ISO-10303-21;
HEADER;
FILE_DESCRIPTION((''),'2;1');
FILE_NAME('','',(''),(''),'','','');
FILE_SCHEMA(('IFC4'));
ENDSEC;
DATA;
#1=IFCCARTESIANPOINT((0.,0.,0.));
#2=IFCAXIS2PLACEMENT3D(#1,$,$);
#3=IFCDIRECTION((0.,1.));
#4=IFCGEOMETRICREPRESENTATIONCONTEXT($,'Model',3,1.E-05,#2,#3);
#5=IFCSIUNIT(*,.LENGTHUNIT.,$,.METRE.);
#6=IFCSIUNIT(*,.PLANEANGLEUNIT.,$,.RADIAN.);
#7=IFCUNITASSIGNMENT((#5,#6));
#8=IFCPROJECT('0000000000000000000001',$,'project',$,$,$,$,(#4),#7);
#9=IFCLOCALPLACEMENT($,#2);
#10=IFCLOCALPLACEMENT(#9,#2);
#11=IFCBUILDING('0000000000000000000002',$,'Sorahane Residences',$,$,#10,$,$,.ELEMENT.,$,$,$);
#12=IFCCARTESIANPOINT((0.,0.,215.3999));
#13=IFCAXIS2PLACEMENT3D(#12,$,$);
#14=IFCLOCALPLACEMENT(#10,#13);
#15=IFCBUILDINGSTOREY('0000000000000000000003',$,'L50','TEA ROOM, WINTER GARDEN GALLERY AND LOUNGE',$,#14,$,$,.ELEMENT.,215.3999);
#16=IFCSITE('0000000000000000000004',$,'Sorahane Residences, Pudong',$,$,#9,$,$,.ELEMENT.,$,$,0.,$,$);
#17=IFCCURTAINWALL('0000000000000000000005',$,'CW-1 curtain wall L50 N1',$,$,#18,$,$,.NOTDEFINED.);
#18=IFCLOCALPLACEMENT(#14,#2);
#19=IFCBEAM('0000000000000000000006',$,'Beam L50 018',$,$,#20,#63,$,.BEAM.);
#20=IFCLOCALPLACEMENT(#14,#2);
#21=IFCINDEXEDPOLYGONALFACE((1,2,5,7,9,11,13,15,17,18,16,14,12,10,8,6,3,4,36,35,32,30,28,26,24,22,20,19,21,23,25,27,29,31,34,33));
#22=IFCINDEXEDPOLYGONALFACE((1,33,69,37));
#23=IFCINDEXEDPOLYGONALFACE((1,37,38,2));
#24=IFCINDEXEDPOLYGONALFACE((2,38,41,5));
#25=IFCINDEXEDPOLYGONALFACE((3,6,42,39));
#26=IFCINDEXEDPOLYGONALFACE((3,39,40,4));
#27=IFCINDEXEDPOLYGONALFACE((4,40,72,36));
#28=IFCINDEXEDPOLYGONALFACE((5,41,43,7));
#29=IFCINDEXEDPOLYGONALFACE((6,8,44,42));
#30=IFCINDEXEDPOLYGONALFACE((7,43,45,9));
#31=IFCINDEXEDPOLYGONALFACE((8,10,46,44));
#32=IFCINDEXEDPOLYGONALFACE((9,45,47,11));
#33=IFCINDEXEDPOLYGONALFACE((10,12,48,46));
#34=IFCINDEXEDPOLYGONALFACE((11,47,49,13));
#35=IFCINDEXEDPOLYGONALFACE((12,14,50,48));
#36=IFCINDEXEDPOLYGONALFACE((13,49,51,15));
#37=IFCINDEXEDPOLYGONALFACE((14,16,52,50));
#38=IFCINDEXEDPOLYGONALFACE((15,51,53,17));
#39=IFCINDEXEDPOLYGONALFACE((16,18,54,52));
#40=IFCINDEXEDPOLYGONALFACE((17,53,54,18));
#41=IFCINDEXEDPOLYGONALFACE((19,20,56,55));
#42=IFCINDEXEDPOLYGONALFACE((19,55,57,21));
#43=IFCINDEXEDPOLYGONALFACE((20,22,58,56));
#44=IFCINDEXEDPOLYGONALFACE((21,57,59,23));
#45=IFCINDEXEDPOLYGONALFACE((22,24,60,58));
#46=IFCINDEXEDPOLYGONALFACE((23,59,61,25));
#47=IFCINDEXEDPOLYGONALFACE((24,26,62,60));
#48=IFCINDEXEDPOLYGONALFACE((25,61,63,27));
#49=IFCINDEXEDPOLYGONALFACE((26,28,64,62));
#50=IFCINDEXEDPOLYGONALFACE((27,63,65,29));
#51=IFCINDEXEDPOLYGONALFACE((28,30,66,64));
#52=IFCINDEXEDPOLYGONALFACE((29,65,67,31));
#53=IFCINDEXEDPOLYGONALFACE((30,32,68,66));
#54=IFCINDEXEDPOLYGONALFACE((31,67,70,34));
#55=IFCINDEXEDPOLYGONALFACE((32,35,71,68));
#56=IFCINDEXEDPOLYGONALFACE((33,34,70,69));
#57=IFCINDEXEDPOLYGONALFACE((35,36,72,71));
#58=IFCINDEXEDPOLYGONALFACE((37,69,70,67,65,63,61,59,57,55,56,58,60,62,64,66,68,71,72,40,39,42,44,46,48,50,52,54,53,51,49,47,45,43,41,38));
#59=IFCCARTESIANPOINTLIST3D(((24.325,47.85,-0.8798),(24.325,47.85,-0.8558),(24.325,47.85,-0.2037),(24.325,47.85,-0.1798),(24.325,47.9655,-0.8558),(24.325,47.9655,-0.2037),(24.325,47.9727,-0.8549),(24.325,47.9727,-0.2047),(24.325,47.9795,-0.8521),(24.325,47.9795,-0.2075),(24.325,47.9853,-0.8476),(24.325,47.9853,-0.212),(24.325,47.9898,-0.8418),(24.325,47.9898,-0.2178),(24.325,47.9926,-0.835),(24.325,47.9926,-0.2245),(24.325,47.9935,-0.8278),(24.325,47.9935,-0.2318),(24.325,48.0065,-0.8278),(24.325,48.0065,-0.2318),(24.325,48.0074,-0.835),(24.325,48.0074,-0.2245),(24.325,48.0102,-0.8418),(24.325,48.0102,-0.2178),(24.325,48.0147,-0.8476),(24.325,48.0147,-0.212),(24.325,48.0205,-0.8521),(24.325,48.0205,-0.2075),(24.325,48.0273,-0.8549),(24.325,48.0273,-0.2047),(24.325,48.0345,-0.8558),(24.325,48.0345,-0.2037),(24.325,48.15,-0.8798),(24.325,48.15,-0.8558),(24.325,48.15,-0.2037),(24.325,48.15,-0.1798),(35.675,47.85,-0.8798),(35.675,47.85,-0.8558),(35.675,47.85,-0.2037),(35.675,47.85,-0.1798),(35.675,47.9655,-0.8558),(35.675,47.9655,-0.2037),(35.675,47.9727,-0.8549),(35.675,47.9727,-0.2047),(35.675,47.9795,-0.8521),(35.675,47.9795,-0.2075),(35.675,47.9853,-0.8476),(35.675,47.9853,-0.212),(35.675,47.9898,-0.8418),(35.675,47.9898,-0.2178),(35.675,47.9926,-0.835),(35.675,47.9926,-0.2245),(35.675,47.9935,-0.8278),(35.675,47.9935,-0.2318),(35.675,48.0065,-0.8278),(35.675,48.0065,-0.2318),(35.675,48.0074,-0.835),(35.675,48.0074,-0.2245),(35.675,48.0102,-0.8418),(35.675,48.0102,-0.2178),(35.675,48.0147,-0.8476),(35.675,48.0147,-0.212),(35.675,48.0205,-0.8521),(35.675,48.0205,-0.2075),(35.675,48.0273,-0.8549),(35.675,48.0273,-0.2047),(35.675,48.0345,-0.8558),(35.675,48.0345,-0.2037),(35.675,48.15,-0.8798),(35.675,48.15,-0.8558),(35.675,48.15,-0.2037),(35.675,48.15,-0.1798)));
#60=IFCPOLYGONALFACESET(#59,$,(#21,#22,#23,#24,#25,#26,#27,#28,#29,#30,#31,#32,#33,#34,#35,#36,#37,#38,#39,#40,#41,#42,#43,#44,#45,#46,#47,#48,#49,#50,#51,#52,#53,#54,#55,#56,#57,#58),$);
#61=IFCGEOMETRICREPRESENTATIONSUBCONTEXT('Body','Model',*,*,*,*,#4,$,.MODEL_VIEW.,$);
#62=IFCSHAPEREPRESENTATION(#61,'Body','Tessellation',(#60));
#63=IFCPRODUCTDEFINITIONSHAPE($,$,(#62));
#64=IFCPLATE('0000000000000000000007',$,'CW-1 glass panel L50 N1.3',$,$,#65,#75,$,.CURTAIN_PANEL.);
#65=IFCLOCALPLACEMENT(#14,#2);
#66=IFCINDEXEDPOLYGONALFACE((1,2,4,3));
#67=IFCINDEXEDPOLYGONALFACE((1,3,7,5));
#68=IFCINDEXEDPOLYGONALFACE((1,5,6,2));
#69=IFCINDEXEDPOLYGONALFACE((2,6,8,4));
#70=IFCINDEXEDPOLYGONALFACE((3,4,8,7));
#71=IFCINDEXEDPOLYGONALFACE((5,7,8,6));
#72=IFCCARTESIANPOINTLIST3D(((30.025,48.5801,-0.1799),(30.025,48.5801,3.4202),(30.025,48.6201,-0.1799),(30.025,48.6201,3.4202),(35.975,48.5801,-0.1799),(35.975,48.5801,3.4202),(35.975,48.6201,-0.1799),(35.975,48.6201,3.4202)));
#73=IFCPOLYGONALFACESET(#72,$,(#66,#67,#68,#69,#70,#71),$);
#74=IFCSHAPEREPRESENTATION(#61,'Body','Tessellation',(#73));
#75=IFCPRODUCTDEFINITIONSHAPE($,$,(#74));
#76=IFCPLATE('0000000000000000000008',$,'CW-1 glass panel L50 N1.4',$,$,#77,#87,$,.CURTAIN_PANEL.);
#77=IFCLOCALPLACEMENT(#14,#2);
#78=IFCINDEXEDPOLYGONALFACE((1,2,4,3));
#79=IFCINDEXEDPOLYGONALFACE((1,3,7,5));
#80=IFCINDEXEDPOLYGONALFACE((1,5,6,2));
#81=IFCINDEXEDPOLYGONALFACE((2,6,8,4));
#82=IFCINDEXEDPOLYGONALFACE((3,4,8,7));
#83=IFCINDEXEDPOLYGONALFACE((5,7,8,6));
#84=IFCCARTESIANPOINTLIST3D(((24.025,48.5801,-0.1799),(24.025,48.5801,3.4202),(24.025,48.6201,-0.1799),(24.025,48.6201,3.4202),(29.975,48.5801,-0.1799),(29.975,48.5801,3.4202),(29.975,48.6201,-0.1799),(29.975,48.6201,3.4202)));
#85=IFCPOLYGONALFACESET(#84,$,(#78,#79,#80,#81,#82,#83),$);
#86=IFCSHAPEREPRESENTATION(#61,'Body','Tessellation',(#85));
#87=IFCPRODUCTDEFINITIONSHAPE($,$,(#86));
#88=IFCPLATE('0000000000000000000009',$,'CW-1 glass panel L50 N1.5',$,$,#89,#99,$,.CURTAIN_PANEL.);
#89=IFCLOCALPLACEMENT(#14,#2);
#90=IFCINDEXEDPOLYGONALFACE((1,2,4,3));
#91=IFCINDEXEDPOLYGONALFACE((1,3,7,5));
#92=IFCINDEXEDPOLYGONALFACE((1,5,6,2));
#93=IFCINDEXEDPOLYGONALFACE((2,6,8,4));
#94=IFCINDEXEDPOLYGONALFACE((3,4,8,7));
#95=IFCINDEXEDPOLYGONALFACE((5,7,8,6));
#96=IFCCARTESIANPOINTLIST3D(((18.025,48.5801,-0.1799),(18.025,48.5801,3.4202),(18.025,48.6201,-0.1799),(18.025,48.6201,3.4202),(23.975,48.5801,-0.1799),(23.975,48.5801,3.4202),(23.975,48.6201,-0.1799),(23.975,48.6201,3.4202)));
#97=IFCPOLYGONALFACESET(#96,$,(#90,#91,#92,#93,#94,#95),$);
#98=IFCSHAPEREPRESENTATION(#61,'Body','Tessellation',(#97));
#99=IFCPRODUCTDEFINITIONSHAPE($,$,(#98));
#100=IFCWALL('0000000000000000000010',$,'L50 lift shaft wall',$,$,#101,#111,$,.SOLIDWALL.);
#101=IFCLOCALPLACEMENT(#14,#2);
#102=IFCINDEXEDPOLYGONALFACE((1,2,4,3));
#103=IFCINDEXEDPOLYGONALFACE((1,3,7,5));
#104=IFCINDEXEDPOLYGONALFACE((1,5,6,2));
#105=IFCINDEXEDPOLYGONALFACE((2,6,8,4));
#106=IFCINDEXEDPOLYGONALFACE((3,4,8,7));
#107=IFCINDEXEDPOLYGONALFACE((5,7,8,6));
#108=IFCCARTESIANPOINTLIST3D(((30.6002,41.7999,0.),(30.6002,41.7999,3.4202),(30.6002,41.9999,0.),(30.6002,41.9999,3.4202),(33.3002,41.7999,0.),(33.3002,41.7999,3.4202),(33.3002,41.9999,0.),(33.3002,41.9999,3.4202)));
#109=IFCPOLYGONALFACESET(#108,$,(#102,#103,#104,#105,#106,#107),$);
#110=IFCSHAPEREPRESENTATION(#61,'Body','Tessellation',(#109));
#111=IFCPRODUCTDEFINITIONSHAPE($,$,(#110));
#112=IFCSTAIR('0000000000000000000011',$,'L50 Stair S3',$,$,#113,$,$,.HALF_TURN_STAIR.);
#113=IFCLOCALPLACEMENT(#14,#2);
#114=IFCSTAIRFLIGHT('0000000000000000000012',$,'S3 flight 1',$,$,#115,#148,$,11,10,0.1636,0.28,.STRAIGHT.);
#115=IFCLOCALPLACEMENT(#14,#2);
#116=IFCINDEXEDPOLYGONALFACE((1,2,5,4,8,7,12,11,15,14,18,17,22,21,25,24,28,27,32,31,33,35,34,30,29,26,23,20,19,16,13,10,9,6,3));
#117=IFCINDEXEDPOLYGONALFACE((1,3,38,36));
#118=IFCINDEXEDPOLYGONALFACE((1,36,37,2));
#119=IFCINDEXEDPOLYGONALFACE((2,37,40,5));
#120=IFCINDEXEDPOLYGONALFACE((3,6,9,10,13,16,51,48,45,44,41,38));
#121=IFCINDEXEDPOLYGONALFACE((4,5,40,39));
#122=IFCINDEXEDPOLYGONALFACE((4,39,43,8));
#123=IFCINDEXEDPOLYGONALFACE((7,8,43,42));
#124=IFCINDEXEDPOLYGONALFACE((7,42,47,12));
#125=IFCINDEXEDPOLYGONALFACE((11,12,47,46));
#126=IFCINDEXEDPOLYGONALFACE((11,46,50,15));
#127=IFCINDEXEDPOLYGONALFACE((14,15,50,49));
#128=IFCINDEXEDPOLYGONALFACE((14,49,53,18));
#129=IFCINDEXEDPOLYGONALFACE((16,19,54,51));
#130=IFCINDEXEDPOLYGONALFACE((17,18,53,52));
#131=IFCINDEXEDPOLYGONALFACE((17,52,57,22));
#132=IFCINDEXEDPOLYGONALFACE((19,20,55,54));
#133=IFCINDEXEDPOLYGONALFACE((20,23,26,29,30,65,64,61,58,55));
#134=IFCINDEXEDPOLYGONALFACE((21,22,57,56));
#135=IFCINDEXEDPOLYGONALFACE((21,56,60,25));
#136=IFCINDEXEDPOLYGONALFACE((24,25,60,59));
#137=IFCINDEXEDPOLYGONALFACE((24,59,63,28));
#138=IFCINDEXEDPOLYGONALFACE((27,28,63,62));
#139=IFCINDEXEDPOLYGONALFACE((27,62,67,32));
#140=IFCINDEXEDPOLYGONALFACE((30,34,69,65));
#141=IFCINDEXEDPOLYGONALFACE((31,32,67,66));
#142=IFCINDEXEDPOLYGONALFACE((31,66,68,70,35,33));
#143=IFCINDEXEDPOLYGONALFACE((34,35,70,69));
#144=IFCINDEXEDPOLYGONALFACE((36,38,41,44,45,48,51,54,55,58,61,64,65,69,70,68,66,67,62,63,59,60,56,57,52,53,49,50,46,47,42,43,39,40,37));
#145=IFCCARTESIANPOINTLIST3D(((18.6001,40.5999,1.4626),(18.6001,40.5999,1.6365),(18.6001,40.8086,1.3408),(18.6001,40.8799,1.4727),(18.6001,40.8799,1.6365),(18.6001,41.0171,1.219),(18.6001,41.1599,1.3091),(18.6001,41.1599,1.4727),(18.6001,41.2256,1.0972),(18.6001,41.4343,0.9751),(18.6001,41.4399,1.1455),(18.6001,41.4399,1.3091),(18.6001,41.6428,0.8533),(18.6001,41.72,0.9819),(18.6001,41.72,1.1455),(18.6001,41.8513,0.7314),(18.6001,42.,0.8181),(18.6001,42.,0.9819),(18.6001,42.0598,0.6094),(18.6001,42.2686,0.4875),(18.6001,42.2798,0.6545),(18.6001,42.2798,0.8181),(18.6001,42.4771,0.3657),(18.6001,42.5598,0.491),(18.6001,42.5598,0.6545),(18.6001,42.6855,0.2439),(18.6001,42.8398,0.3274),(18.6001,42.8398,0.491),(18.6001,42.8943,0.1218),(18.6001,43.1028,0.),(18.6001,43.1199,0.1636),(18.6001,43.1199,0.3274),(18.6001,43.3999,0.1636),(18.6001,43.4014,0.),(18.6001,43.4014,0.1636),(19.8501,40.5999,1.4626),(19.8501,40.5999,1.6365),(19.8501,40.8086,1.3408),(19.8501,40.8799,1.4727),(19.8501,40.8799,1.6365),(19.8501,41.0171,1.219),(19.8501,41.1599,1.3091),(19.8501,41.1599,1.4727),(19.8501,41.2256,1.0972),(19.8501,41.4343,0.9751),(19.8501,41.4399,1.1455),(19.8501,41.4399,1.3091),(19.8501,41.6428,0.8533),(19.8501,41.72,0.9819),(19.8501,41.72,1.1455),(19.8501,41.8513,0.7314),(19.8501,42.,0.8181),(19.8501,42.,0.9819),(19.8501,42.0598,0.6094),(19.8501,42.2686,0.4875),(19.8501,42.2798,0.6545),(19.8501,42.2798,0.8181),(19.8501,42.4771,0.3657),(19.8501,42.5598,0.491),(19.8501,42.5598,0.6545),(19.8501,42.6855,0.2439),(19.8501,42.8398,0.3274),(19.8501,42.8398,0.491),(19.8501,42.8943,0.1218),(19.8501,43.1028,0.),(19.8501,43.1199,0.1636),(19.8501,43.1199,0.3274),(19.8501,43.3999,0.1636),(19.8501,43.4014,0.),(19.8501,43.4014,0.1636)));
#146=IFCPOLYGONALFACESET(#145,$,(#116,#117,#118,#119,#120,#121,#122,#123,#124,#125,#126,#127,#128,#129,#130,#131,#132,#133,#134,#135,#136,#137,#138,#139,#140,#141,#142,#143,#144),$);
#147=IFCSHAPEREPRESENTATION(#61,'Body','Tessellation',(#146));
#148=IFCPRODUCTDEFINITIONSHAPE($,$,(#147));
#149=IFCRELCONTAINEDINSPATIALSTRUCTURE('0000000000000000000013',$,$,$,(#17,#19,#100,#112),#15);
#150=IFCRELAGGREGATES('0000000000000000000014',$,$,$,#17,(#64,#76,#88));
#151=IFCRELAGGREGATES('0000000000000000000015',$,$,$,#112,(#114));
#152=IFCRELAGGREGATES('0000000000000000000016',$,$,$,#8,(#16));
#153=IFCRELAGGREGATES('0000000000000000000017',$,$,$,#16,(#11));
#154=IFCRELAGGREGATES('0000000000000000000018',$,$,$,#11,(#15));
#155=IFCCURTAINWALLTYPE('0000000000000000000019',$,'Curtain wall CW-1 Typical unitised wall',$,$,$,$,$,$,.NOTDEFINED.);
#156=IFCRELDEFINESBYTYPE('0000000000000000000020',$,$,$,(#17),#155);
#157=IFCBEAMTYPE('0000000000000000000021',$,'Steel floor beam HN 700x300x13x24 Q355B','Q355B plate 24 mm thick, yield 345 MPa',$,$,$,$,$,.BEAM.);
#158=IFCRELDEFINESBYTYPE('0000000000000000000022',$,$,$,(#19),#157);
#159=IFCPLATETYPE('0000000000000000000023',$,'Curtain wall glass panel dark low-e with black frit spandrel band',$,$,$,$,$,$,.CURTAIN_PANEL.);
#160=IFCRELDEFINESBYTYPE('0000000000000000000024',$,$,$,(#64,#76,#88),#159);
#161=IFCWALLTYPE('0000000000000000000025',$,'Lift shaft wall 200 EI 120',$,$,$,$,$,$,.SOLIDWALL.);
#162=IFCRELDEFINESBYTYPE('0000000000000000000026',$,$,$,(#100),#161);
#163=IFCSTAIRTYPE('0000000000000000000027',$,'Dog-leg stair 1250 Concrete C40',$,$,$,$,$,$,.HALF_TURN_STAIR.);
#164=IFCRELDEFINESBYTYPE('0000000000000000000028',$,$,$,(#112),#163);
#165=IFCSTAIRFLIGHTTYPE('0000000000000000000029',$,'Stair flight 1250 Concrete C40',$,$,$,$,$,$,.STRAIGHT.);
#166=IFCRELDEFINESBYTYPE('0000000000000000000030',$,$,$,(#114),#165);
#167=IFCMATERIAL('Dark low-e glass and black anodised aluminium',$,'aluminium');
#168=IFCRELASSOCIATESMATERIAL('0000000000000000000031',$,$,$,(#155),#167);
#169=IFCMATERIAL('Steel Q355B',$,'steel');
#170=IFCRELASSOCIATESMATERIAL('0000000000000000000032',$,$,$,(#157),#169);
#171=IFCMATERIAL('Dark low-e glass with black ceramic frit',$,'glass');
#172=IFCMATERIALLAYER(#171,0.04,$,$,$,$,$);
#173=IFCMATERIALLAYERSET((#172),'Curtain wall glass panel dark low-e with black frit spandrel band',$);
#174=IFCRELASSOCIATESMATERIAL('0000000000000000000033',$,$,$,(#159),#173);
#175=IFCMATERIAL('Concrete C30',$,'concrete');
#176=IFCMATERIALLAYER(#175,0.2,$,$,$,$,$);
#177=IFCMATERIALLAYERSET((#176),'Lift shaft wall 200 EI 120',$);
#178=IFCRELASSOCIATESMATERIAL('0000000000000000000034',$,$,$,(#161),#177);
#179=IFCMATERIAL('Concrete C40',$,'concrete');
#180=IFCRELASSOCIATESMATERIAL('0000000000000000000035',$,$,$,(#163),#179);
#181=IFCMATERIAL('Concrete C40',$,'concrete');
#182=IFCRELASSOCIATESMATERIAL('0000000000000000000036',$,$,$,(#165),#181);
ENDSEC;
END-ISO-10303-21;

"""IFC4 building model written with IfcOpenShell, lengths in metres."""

from ifc_helpers import new_model, si_unit, direction, frame, frame_2d, origin, origin_2d, place, context, subcontext, project, spatial, polyline, rectangle, i_section, outline, extrude, material, layer, layer_set, material_profile, profile_set, type_object, element, aggregate, save


model = new_model("IFC4")

# Units and contexts
model_context = context("Model", 3, precision=1e-05, world=origin(), true_north=direction((0.0, 1.0)))
body_context = subcontext(model_context, "Body", "Model", "MODEL_VIEW")
ifc_project = project(units=[si_unit("LENGTHUNIT", "METRE"), si_unit("PLANEANGLEUNIT", "RADIAN")], contexts=[model_context])

# Site, building, storey
site_placement = place(None, origin())
site = spatial("IfcSite", under=ifc_project, at=site_placement, Name="Sorahane Residences, Pudong", CompositionType="ELEMENT", RefElevation=0.0)
building_placement = place(site_placement, origin())
building = spatial("IfcBuilding", under=site, at=building_placement, Name="Sorahane Residences", CompositionType="ELEMENT")
storey_placement = place(building_placement, frame((0.0, 0.0, 215.3999)))
storey = spatial("IfcBuildingStorey", under=building, at=storey_placement, Name="L50", Description="TEA ROOM, WINTER GARDEN GALLERY AND LOUNGE", CompositionType="ELEMENT", Elevation=215.3999)

# Curtain wall
ifc_material_1 = material(Name="Dark low-e glass and black anodised aluminium", Category="aluminium")
curtain_wall_type = type_object("IfcCurtainWallType", Name="Curtain wall CW-1 Typical unitised wall", PredefinedType="NOTDEFINED", material=ifc_material_1)
curtain_wall_placement = place(storey_placement, origin())
curtain_wall = element("IfcCurtainWall", 1, at=curtain_wall_placement, inside=storey, type_object=curtain_wall_type, Name="CW-1 curtain wall L50 N1", PredefinedType="NOTDEFINED")

# Beam
ifc_material_2 = material(Name="Steel Q355B", Category="steel")
ifc_material_profile_1 = material_profile(ifc_material_2, i_section(OverallWidth=0.3, OverallDepth=0.7, WebThickness=0.0129, FlangeThickness=0.0239, FilletRadius=0.0281, at=origin_2d()), Name="HN 700x300x13x24")
ifc_profile_set_1 = profile_set([ifc_material_profile_1], Name="Steel Q355B")
beam_type_1 = type_object("IfcBeamType", Name="Steel floor beam HN 700x300x13x24 Q355B", Description="Q355B plate 24 mm thick, yield 345 MPa", PredefinedType="BEAM", material=ifc_profile_set_1)
beam_1_placement = place(storey_placement, frame((24.325, 48.0, -0.5298), z_axis=(1.0, 0.0, 0.0), x_axis=(0.0, 1.0, 0.0)))
element("IfcBeam", 2, at=beam_1_placement, inside=storey, type_object=beam_type_1, Name="Beam L50 018", PredefinedType="BEAM", context=body_context, shape_type="SweptSolid", body=[
    extrude(i_section(OverallWidth=0.3, OverallDepth=0.7, WebThickness=0.0129, FlangeThickness=0.0239, FilletRadius=0.0281, at=origin_2d()), origin(), (0.0, 0.0, 1.0), 11.3501),
])

# Plates
ifc_material_3 = material(Name="Dark low-e glass with black ceramic frit", Category="glass")
ifc_layer_1 = layer(ifc_material_3, 0.04)
ifc_layer_set_1 = layer_set([ifc_layer_1], Name="Curtain wall glass panel dark low-e with black frit spandrel band")
plate_type = type_object("IfcPlateType", Name="Curtain wall glass panel dark low-e with black frit spandrel band", PredefinedType="CURTAIN_PANEL", material=ifc_layer_set_1)
plate_1_placement = place(storey_placement, frame((33.0, 48.6001, -0.1799), z_axis=(0.0, 0.0, 1.0), x_axis=(-1.0, 0.0, 0.0)))
plate_1 = element("IfcPlate", 3, at=plate_1_placement, type_object=plate_type, Name="CW-1 glass panel L50 N1.3", PredefinedType="CURTAIN_PANEL", context=body_context, shape_type="SweptSolid", body=[
    extrude(rectangle(XDim=5.95, YDim=0.04, at=origin_2d()), origin(), (0.0, 0.0, 1.0), 3.6001),
])
plate_2_placement = place(storey_placement, frame((27.0, 48.6001, -0.1799), z_axis=(0.0, 0.0, 1.0), x_axis=(-1.0, 0.0, 0.0)))
plate_2 = element("IfcPlate", 4, at=plate_2_placement, type_object=plate_type, Name="CW-1 glass panel L50 N1.4", PredefinedType="CURTAIN_PANEL", context=body_context, shape_type="SweptSolid", body=[
    extrude(rectangle(XDim=5.95, YDim=0.04, at=origin_2d()), origin(), (0.0, 0.0, 1.0), 3.6001),
])
plate_3_placement = place(storey_placement, frame((21.0, 48.6001, -0.1799), z_axis=(0.0, 0.0, 1.0), x_axis=(-1.0, 0.0, 0.0)))
plate_3 = element("IfcPlate", 5, at=plate_3_placement, type_object=plate_type, Name="CW-1 glass panel L50 N1.5", PredefinedType="CURTAIN_PANEL", context=body_context, shape_type="SweptSolid", body=[
    extrude(rectangle(XDim=5.95, YDim=0.04, at=origin_2d()), origin(), (0.0, 0.0, 1.0), 3.6001),
])
aggregate(curtain_wall, [plate_1, plate_2, plate_3])

# Wall
ifc_material_4 = material(Name="Concrete C30", Category="concrete")
ifc_layer_2 = layer(ifc_material_4, 0.2)
ifc_layer_set_2 = layer_set([ifc_layer_2], Name="Lift shaft wall 200 EI 120")
wall_type = type_object("IfcWallType", Name="Lift shaft wall 200 EI 120", PredefinedType="SOLIDWALL", material=ifc_layer_set_2)
wall_placement = place(storey_placement, frame((30.6001, 41.8999, 0.0), z_axis=(0.0, 0.0, 1.0), x_axis=(1.0, 0.0, 0.0)))
element("IfcWall", 6, at=wall_placement, inside=storey, type_object=wall_type, Name="L50 lift shaft wall", PredefinedType="SOLIDWALL", context=body_context, shape_type="SweptSolid", body=[
    extrude(rectangle(XDim=2.7, YDim=0.2, at=frame_2d((1.3501, 0.0))), origin(), (0.0, 0.0, 1.0), 3.4202),
])

# Stair, stair flight
ifc_material_5 = material(Name="Concrete C40", Category="concrete")
stair_type = type_object("IfcStairType", Name="Dog-leg stair 1250 Concrete C40", PredefinedType="HALF_TURN_STAIR", material=ifc_material_5)
stair_placement = place(storey_placement, origin())
stair = element("IfcStair", 7, at=stair_placement, inside=storey, type_object=stair_type, Name="L50 Stair S3", PredefinedType="HALF_TURN_STAIR")
ifc_material_6 = material(Name="Concrete C40", Category="concrete")
stair_flight_type = type_object("IfcStairFlightType", Name="Stair flight 1250 Concrete C40", PredefinedType="STRAIGHT", material=ifc_material_6)
stair_flight_1_placement = place(storey_placement, frame((19.2251, 43.3999, 0.0), z_axis=(0.0, 0.0, 1.0), x_axis=(0.0, -1.0, 0.0)))
stair_flight_1 = element("IfcStairFlight", 8, at=stair_flight_1_placement, type_object=stair_flight_type, Name="S3 flight 1", NumberOfRisers=11, NumberOfTreads=10, PredefinedType="STRAIGHT", RiserHeight=0.1636, TreadLength=0.28, context=body_context, shape_type="SweptSolid", body=[
    extrude(outline(polyline([(-0.0015, 0.0), (-0.0015, 0.1636), (0.0, 0.1636), (0.28, 0.1636), (0.28, 0.3274), (0.5601, 0.3274), (0.5601, 0.491), (0.8401, 0.491), (0.8401, 0.6545), (1.1201, 0.6545), (1.1201, 0.8181), (1.3999, 0.8181), (1.3999, 0.9819), (1.6799, 0.9819), (1.6799, 1.1455), (1.96, 1.1455), (1.96, 1.3091), (2.24, 1.3091), (2.24, 1.4727), (2.52, 1.4727), (2.52, 1.6365), (2.8, 1.6365), (2.8, 1.8), (2.8, 1.4626), (2.5913, 1.3408), (2.3828, 1.219), (2.1743, 1.0972), (1.9656, 0.9751), (1.7571, 0.8533), (1.5486, 0.7314), (1.3401, 0.6094), (1.1313, 0.4875), (0.9229, 0.3657), (0.7144, 0.2439), (0.5056, 0.1218), (0.2971, 0.0), (-0.0015, 0.0)])), frame((0.0, 0.625, 0.0), z_axis=(0.0, -1.0, 0.0), x_axis=(1.0, 0.0, 0.0)), (0.0, 0.0, 1.0), 1.25),
])
aggregate(stair, [stair_flight_1])

save(model, "model.ifc")
